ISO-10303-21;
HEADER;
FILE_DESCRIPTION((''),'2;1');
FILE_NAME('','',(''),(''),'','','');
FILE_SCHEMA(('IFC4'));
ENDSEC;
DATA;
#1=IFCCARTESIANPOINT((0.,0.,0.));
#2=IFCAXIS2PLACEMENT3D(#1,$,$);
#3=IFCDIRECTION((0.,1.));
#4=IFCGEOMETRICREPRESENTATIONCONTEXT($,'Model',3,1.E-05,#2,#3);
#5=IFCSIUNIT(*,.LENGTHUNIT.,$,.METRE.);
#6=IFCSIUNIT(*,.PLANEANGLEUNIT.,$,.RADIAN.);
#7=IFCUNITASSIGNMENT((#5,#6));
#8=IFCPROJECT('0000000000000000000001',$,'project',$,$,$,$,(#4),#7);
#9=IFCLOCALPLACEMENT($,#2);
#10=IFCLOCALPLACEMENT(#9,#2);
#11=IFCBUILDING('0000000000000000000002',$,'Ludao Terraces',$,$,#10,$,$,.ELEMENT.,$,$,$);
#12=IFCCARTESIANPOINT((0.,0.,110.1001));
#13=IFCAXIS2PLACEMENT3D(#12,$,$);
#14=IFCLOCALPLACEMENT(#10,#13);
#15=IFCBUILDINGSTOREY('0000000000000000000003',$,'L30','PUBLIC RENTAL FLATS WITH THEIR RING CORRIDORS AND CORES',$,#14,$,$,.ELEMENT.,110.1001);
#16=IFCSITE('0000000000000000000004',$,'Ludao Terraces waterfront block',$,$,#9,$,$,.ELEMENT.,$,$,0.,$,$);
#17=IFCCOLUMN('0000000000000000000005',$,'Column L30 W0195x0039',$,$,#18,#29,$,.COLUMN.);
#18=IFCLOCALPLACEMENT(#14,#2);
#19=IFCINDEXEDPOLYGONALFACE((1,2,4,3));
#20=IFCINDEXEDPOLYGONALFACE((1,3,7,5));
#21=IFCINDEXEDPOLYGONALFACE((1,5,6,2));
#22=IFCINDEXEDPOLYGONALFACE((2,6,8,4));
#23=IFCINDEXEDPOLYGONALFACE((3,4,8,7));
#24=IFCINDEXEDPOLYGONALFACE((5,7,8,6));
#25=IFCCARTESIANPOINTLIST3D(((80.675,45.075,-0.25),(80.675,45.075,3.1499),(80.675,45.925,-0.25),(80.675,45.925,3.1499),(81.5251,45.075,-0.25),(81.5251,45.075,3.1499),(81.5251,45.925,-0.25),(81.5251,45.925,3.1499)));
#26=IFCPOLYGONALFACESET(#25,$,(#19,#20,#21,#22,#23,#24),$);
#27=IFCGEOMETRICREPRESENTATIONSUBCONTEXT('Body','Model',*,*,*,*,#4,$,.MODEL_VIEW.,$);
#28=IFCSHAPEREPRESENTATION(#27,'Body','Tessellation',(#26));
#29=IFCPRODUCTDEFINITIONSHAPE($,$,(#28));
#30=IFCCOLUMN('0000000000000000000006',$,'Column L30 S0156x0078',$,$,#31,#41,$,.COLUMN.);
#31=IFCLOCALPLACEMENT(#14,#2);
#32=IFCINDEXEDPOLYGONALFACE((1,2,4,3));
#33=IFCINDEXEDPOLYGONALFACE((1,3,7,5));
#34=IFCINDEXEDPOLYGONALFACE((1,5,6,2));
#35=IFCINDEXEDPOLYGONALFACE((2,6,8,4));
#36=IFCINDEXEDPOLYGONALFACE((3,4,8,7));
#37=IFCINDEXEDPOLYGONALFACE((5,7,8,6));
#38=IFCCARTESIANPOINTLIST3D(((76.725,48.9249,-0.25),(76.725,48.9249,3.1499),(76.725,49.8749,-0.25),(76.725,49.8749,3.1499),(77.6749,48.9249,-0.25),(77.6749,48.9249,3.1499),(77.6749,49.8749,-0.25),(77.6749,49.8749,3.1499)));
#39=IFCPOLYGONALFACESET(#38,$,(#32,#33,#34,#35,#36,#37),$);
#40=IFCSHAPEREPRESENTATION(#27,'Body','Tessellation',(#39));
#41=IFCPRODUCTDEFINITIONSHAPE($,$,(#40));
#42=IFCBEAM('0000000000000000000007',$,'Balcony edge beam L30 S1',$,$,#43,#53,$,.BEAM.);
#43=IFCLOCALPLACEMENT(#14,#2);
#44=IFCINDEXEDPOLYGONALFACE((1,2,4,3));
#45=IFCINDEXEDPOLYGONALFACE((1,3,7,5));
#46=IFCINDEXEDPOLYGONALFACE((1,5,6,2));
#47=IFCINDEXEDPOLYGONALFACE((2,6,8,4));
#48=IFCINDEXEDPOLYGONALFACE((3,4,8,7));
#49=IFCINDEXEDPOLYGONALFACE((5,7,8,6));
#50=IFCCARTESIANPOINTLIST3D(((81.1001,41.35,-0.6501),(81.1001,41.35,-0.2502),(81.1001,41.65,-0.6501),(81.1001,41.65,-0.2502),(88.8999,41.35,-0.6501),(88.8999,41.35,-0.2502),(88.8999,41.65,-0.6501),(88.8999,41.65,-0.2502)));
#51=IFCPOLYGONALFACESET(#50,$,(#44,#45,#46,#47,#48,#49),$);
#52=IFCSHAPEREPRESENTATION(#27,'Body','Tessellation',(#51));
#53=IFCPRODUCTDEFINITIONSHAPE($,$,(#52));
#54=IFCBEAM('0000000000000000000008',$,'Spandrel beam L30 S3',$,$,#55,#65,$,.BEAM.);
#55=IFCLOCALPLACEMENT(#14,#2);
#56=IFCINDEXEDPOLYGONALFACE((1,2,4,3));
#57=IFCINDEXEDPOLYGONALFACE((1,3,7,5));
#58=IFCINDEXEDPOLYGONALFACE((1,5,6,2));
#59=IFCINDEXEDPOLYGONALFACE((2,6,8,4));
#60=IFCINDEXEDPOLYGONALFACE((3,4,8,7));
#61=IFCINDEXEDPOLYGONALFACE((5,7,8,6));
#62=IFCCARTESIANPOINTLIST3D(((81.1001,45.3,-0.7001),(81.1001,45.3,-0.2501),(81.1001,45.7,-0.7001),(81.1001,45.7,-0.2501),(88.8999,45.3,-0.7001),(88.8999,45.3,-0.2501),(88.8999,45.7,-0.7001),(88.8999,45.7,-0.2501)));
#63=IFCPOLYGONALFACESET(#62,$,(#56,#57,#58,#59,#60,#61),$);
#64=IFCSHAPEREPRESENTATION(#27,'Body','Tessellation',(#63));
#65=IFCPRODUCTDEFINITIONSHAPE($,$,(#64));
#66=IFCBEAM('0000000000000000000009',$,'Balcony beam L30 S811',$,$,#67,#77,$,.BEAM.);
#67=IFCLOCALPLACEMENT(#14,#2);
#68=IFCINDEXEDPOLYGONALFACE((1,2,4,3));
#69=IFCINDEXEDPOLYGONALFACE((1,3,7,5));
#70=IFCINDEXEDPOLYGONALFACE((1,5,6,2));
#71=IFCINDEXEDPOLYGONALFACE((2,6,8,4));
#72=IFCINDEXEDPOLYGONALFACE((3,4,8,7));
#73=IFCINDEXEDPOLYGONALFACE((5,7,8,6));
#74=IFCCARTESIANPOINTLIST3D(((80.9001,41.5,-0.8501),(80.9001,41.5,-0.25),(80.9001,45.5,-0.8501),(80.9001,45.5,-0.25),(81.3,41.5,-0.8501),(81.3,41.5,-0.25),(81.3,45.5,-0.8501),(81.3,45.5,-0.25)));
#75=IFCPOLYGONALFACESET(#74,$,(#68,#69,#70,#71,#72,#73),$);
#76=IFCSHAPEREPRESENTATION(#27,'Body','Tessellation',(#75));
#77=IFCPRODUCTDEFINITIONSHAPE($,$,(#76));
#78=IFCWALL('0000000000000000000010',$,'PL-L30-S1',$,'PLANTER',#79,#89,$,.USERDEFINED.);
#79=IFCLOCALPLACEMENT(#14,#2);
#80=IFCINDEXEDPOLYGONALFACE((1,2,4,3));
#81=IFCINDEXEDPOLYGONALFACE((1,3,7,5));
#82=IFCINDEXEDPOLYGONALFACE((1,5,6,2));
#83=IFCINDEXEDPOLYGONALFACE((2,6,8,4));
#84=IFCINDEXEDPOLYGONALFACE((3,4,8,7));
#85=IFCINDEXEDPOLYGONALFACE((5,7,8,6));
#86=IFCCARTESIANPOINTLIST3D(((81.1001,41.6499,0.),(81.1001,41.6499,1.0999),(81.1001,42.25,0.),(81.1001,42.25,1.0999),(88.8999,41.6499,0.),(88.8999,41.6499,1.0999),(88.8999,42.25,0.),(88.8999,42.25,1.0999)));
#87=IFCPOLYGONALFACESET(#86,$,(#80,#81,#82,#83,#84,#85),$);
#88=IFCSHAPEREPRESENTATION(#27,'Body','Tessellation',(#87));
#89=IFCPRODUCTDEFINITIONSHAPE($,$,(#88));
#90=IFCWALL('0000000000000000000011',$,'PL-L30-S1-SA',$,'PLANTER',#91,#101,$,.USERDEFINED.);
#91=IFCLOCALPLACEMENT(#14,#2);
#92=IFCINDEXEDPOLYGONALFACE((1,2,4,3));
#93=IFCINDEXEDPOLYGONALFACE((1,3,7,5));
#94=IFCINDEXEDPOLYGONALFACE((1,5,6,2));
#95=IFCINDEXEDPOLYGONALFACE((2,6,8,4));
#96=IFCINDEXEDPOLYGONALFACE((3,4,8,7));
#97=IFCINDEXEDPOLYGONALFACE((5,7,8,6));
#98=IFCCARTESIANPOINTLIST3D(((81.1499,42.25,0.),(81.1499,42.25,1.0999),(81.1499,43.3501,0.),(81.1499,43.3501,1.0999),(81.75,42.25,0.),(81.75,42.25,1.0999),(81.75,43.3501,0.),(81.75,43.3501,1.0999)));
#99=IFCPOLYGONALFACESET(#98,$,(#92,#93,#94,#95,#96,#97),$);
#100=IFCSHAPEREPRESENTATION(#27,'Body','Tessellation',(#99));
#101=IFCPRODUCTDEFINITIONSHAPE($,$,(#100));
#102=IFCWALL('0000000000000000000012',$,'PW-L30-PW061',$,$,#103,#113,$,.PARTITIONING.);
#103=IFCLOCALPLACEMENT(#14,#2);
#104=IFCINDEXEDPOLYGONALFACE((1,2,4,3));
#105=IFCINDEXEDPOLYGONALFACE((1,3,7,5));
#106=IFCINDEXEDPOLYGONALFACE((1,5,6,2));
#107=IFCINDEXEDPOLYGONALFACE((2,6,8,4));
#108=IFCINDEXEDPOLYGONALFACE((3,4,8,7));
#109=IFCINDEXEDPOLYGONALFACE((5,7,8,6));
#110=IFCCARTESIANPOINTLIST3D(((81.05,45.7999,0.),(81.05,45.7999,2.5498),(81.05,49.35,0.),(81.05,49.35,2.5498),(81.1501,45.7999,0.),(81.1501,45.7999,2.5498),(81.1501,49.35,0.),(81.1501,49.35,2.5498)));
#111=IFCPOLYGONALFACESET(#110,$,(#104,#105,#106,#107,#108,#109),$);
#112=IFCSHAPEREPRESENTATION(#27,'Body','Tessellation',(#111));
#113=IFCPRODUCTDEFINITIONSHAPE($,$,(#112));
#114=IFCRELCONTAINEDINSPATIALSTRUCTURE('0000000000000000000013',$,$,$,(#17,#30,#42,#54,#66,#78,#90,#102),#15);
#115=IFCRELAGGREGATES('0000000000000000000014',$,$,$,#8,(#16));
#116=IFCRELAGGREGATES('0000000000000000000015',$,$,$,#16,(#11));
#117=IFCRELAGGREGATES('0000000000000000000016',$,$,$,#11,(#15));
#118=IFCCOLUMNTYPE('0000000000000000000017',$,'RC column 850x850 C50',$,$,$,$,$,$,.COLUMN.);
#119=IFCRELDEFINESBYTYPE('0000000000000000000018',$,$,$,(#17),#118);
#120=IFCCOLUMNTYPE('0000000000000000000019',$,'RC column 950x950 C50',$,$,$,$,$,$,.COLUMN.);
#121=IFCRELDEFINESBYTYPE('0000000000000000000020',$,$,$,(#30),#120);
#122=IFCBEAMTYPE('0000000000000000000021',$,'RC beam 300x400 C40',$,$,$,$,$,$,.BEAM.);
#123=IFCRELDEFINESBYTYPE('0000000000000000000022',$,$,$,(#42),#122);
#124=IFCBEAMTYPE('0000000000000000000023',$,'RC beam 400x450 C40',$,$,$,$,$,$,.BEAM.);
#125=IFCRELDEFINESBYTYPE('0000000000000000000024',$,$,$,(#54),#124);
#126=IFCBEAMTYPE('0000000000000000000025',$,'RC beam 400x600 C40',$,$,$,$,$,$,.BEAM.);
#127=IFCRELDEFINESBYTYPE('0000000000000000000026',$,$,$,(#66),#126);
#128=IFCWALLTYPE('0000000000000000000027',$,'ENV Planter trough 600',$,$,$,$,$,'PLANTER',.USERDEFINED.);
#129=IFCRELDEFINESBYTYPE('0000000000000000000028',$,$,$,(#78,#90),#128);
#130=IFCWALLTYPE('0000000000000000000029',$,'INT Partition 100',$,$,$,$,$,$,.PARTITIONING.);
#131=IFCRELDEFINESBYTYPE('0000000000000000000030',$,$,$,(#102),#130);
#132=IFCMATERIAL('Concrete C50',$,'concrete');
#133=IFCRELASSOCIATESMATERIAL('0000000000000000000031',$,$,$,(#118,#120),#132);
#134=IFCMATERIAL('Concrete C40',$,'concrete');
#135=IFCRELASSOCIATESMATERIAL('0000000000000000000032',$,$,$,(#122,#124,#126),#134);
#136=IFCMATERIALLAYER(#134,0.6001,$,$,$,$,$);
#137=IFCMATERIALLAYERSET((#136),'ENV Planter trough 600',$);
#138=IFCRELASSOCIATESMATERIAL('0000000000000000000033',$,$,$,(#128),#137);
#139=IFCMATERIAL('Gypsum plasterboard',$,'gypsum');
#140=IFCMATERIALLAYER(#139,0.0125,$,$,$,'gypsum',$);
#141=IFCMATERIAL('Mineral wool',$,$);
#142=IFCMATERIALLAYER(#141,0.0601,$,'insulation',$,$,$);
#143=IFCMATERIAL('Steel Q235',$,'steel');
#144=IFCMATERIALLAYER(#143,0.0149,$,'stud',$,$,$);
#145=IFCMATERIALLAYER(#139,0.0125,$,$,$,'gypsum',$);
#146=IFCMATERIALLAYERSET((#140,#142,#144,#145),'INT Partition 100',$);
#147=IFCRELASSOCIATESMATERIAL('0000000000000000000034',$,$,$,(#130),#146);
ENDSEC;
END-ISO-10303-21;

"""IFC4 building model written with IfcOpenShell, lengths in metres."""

from ifc_helpers import new_model, si_unit, direction, frame, frame_2d, origin, origin_2d, place, context, subcontext, project, spatial, rectangle, extrude, material, layer, layer_set, material_profile, profile_set, type_object, element, save


model = new_model("IFC4")

# Units and contexts
model_context = context("Model", 3, precision=1e-05, world=origin(), true_north=direction((0.0, 1.0)))
body_context = subcontext(model_context, "Body", "Model", "MODEL_VIEW")
ifc_project = project(units=[si_unit("LENGTHUNIT", "METRE"), si_unit("PLANEANGLEUNIT", "RADIAN")], contexts=[model_context])

# Site, building, storey
site_placement = place(None, origin())
site = spatial("IfcSite", under=ifc_project, at=site_placement, Name="Ludao Terraces waterfront block", CompositionType="ELEMENT", RefElevation=0.0)
building_placement = place(site_placement, origin())
building = spatial("IfcBuilding", under=site, at=building_placement, Name="Ludao Terraces", CompositionType="ELEMENT")
storey_placement = place(building_placement, frame((0.0, 0.0, 110.1001)))
storey = spatial("IfcBuildingStorey", under=building, at=storey_placement, Name="L30", Description="PUBLIC RENTAL FLATS WITH THEIR RING CORRIDORS AND CORES", CompositionType="ELEMENT", Elevation=110.1001)

# Columns
ifc_material_1 = material(Name="Concrete C50", Category="concrete")
ifc_material_profile_1 = material_profile(ifc_material_1, rectangle(XDim=0.8501, YDim=0.8501, at=origin_2d()), Name="850 X 850")
ifc_profile_set_1 = profile_set([ifc_material_profile_1], Name="Concrete C50")
column_type_1 = type_object("IfcColumnType", Name="RC column 850x850 C50", PredefinedType="COLUMN", material=ifc_profile_set_1)
column_1_placement = place(storey_placement, frame((81.1001, 45.5, -0.25), z_axis=(0.0, 0.0, 1.0), x_axis=(1.0, 0.0, 0.0)))
element("IfcColumn", 1, at=column_1_placement, inside=storey, type_object=column_type_1, Name="Column L30 W0195x0039", PredefinedType="COLUMN", context=body_context, shape_type="SweptSolid", body=[
    extrude(rectangle(XDim=0.8501, YDim=0.8501, at=origin_2d()), origin(), (0.0, 0.0, 1.0), 3.3999),
])
ifc_material_profile_2 = material_profile(ifc_material_1, rectangle(XDim=0.95, YDim=0.95, at=origin_2d()), Name="950 X 950")
ifc_profile_set_2 = profile_set([ifc_material_profile_2], Name="Concrete C50")
column_type_2 = type_object("IfcColumnType", Name="RC column 950x950 C50", PredefinedType="COLUMN", material=ifc_profile_set_2)
column_2_placement = place(storey_placement, frame((77.2, 49.3999, -0.25), z_axis=(0.0, 0.0, 1.0), x_axis=(1.0, 0.0, 0.0)))
element("IfcColumn", 2, at=column_2_placement, inside=storey, type_object=column_type_2, Name="Column L30 S0156x0078", PredefinedType="COLUMN", context=body_context, shape_type="SweptSolid", body=[
    extrude(rectangle(XDim=0.95, YDim=0.95, at=origin_2d()), origin(), (0.0, 0.0, 1.0), 3.3999),
])

# Beams
ifc_material_2 = material(Name="Concrete C40", Category="concrete")
ifc_material_profile_3 = material_profile(ifc_material_2, rectangle(XDim=0.3, YDim=0.3999, at=origin_2d()), Name="300 X 400")
ifc_profile_set_3 = profile_set([ifc_material_profile_3], Name="Concrete C40")
beam_type_1 = type_object("IfcBeamType", Name="RC beam 300x400 C40", PredefinedType="BEAM", material=ifc_profile_set_3)
beam_1_placement = place(storey_placement, frame((81.1001, 41.5, -0.4502), z_axis=(1.0, 0.0, 0.0), x_axis=(0.0, 1.0, 0.0)))
element("IfcBeam", 3, at=beam_1_placement, inside=storey, type_object=beam_type_1, Name="Balcony edge beam L30 S1", PredefinedType="BEAM", context=body_context, shape_type="SweptSolid", body=[
    extrude(rectangle(XDim=0.3, YDim=0.3999, at=origin_2d()), origin(), (0.0, 0.0, 1.0), 7.7998),
])
ifc_material_profile_4 = material_profile(ifc_material_2, rectangle(XDim=0.3999, YDim=0.45, at=origin_2d()), Name="400 X 450")
ifc_profile_set_4 = profile_set([ifc_material_profile_4], Name="Concrete C40")
beam_type_2 = type_object("IfcBeamType", Name="RC beam 400x450 C40", PredefinedType="BEAM", material=ifc_profile_set_4)
beam_2_placement = place(storey_placement, frame((81.1001, 45.5, -0.4751), z_axis=(1.0, 0.0, 0.0), x_axis=(0.0, 1.0, 0.0)))
element("IfcBeam", 4, at=beam_2_placement, inside=storey, type_object=beam_type_2, Name="Spandrel beam L30 S3", PredefinedType="BEAM", context=body_context, shape_type="SweptSolid", body=[
    extrude(rectangle(XDim=0.3999, YDim=0.45, at=origin_2d()), origin(), (0.0, 0.0, 1.0), 7.7998),
])
ifc_material_profile_5 = material_profile(ifc_material_2, rectangle(XDim=0.3999, YDim=0.6001, at=origin_2d()), Name="400 X 600")
ifc_profile_set_5 = profile_set([ifc_material_profile_5], Name="Concrete C40")
beam_type_3 = type_object("IfcBeamType", Name="RC beam 400x600 C40", PredefinedType="BEAM", material=ifc_profile_set_5)
beam_3_placement = place(storey_placement, frame((81.1001, 45.5, -0.55), z_axis=(0.0, -1.0, 0.0), x_axis=(1.0, 0.0, 0.0)))
element("IfcBeam", 5, at=beam_3_placement, inside=storey, type_object=beam_type_3, Name="Balcony beam L30 S811", PredefinedType="BEAM", context=body_context, shape_type="SweptSolid", body=[
    extrude(rectangle(XDim=0.3999, YDim=0.6001, at=origin_2d()), origin(), (0.0, 0.0, 1.0), 4.0),
])

# Walls
ifc_layer_1 = layer(ifc_material_2, 0.6001)
ifc_layer_set_1 = layer_set([ifc_layer_1], Name="ENV Planter trough 600")
wall_type_1 = type_object("IfcWallType", Name="ENV Planter trough 600", ElementType="PLANTER", PredefinedType="USERDEFINED", material=ifc_layer_set_1)
wall_1_placement = place(storey_placement, frame((81.1001, 41.95, 0.0), z_axis=(0.0, 0.0, 1.0), x_axis=(1.0, 0.0, 0.0)))
element("IfcWall", 6, at=wall_1_placement, inside=storey, type_object=wall_type_1, Name="PL-L30-S1", ObjectType="PLANTER", PredefinedType="USERDEFINED", context=body_context, shape_type="SweptSolid", body=[
    extrude(rectangle(XDim=7.7998, YDim=0.6001, at=frame_2d((3.8999, 0.0))), origin(), (0.0, 0.0, 1.0), 1.0999),
])
wall_2_placement = place(storey_placement, frame((81.45, 42.25, 0.0), z_axis=(0.0, 0.0, 1.0), x_axis=(0.0, 1.0, 0.0)))
element("IfcWall", 7, at=wall_2_placement, inside=storey, type_object=wall_type_1, Name="PL-L30-S1-SA", ObjectType="PLANTER", PredefinedType="USERDEFINED", context=body_context, shape_type="SweptSolid", body=[
    extrude(rectangle(XDim=1.1001, YDim=0.6001, at=frame_2d((0.55, 0.0))), origin(), (0.0, 0.0, 1.0), 1.0999),
])

# Shared definitions
ifc_material_3 = material(Name="Mineral wool")

# Wall
ifc_material_4 = material(Name="Gypsum plasterboard", Category="gypsum")
ifc_layer_2 = layer(ifc_material_4, 0.0125, Category="gypsum")
ifc_layer_3 = layer(ifc_material_3, 0.0601, Name="insulation")
ifc_material_5 = material(Name="Steel Q235", Category="steel")
ifc_layer_4 = layer(ifc_material_5, 0.0149, Name="stud")
ifc_layer_5 = layer(ifc_material_4, 0.0125, Category="gypsum")
ifc_layer_set_2 = layer_set([ifc_layer_2, ifc_layer_3, ifc_layer_4, ifc_layer_5], Name="INT Partition 100")
wall_type_2 = type_object("IfcWallType", Name="INT Partition 100", PredefinedType="PARTITIONING", material=ifc_layer_set_2)
wall_3_placement = place(storey_placement, frame((81.1001, 45.8, 0.0), z_axis=(0.0, 0.0, 1.0), x_axis=(0.0, 1.0, 0.0)))
element("IfcWall", 8, at=wall_3_placement, inside=storey, type_object=wall_type_2, Name="PW-L30-PW061", PredefinedType="PARTITIONING", context=body_context, shape_type="SweptSolid", body=[
    extrude(rectangle(XDim=3.55, YDim=0.1001, at=frame_2d((1.7749, 0.0))), origin(), (0.0, 0.0, 1.0), 2.5498),
])

save(model, "model.ifc")
